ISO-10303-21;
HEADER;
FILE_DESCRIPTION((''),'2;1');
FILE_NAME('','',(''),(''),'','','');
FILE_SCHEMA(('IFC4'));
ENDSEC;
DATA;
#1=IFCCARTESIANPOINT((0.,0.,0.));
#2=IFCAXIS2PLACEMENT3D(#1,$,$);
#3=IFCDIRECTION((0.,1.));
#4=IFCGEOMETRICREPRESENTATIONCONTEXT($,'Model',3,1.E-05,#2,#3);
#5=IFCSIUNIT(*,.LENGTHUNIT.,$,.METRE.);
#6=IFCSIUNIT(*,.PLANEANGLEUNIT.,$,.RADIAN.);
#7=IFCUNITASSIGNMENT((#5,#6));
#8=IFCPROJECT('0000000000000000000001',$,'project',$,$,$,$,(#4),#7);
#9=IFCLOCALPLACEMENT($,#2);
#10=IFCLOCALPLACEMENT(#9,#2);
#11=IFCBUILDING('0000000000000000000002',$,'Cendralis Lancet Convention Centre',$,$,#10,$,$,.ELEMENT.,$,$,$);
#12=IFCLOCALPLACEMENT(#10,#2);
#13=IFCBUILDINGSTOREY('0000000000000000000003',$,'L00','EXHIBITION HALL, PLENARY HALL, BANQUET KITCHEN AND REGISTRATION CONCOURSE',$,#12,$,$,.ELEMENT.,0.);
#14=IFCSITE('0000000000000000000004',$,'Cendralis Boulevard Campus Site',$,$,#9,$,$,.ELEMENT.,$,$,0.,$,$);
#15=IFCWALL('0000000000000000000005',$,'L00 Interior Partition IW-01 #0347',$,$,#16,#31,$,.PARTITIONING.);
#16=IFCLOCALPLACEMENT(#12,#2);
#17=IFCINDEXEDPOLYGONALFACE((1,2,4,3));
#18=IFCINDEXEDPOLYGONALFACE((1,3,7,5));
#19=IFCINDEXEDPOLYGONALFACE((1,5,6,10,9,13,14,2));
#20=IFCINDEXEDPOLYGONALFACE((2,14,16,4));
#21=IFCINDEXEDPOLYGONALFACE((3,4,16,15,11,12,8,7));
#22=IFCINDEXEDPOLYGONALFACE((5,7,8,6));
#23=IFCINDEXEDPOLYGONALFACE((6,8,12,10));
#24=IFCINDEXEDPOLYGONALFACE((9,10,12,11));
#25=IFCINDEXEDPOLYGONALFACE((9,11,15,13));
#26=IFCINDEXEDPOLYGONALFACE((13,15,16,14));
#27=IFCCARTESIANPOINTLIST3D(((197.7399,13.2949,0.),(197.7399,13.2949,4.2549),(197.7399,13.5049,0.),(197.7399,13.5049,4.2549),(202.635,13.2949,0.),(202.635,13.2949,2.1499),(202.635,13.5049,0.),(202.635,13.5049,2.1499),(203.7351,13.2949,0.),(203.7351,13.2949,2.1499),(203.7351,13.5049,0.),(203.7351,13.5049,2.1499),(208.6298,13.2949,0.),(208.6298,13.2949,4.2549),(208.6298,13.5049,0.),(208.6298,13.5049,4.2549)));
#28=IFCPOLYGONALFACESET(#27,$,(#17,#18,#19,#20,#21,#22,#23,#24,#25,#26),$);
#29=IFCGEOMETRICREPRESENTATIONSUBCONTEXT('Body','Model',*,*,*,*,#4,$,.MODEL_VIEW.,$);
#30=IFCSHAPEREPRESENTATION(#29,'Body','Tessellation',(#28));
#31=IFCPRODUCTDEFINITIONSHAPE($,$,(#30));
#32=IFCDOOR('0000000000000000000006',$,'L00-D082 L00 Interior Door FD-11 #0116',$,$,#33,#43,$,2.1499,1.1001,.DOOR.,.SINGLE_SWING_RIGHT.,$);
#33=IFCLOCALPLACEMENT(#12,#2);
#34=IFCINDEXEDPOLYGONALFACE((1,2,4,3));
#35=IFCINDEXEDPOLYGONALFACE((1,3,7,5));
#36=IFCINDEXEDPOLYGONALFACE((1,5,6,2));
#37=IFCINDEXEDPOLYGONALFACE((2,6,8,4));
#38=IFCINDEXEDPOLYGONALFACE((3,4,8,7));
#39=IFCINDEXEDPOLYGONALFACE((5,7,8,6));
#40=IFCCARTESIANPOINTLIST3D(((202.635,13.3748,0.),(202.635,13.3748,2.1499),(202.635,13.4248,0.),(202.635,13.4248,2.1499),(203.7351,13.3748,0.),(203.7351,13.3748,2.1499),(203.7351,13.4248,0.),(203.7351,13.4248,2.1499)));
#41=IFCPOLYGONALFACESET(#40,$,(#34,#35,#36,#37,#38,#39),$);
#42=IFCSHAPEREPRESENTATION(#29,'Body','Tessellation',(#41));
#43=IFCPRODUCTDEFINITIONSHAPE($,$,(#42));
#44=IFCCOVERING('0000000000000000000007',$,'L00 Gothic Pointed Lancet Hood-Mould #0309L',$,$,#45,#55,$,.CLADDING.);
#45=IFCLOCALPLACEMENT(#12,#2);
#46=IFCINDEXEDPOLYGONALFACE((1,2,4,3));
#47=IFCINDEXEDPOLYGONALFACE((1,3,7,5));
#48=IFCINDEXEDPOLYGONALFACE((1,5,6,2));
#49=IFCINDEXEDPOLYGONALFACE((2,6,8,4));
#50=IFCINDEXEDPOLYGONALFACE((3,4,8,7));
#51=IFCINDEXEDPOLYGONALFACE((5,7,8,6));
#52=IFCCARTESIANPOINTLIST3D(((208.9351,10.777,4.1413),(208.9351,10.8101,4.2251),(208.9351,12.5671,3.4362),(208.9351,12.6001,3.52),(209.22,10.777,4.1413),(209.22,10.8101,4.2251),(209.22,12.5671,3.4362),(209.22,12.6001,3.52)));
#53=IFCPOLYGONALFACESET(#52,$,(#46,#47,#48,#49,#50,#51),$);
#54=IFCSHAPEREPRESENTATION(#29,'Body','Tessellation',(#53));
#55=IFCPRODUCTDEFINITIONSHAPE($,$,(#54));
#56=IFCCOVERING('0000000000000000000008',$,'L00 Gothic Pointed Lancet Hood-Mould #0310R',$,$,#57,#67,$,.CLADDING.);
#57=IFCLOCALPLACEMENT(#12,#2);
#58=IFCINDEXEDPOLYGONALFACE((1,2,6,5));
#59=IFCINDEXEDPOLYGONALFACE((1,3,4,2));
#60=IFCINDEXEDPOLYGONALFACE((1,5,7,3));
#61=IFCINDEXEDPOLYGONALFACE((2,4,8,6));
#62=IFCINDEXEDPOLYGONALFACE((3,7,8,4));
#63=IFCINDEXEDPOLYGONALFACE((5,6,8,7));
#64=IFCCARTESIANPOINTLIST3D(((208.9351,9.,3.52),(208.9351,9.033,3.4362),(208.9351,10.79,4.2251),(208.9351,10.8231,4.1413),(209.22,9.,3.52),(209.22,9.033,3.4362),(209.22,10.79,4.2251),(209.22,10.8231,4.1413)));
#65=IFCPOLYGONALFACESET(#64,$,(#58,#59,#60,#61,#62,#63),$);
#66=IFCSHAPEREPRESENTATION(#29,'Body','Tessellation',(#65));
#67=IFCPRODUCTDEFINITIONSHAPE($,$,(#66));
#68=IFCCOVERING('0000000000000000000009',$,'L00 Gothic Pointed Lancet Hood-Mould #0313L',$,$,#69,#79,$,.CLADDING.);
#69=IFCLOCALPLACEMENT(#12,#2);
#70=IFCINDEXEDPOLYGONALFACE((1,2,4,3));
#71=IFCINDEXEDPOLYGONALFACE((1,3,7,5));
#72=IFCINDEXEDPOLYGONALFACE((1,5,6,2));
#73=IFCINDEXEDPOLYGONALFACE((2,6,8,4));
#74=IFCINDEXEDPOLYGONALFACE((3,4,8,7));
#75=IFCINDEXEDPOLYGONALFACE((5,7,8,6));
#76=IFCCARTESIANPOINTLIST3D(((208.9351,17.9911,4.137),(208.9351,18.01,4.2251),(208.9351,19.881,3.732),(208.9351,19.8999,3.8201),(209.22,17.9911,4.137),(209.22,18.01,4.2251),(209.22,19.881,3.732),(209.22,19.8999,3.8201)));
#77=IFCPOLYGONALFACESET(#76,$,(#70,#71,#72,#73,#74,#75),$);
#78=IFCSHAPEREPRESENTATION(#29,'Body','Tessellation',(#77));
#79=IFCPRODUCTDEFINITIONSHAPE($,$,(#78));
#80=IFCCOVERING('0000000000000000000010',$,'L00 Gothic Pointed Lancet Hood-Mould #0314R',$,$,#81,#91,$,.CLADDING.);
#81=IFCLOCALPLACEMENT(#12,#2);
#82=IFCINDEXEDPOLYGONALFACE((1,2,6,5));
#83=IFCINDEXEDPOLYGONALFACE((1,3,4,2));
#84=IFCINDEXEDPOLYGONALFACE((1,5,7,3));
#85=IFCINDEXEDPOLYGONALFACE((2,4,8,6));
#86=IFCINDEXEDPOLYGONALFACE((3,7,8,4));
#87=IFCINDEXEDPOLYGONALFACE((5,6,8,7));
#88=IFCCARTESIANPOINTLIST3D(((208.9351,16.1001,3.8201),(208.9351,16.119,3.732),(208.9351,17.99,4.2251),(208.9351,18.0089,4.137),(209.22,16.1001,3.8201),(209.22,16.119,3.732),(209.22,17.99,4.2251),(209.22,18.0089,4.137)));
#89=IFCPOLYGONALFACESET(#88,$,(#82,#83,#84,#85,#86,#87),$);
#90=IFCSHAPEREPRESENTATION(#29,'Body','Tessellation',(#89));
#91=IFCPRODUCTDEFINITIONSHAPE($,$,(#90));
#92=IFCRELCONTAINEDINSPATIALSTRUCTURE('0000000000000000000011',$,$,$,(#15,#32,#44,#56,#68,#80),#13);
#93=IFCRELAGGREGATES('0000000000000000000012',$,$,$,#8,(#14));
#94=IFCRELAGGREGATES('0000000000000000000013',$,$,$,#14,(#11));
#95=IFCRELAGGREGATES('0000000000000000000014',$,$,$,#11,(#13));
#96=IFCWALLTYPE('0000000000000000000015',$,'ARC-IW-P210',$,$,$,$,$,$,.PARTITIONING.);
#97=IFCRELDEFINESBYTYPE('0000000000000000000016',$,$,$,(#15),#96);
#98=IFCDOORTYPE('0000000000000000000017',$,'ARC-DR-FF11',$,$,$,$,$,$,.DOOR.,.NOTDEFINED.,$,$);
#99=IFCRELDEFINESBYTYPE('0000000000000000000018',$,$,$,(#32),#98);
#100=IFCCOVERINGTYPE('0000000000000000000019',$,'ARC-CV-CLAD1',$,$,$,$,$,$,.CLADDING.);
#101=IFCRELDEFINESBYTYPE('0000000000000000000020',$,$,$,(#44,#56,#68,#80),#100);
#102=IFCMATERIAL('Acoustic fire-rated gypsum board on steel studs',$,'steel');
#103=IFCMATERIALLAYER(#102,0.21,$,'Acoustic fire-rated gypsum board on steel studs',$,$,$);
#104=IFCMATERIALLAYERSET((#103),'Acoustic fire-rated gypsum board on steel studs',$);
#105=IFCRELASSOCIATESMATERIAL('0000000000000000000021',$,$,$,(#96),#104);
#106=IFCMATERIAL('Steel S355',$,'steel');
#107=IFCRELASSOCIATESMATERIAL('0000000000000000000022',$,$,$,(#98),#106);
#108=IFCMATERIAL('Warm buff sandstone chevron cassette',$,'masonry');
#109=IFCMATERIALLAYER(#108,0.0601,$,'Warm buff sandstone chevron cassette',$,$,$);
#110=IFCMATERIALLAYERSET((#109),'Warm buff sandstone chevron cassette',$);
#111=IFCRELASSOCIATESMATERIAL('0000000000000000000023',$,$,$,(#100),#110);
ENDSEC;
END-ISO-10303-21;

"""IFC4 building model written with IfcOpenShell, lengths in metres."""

from ifc_helpers import new_model, si_unit, direction, frame, frame_2d, origin, place, context, subcontext, project, spatial, polyline, rectangle, outline, extrude, material, layer, layer_set, type_object, element, fill, save


model = new_model("IFC4")

# Units and contexts
model_context = context("Model", 3, precision=1e-05, world=origin(), true_north=direction((0.0, 1.0)))
body_context = subcontext(model_context, "Body", "Model", "MODEL_VIEW")
ifc_project = project(units=[si_unit("LENGTHUNIT", "METRE"), si_unit("PLANEANGLEUNIT", "RADIAN")], contexts=[model_context])

# Site, building, storey
site_placement = place(None, origin())
site = spatial("IfcSite", under=ifc_project, at=site_placement, Name="Cendralis Boulevard Campus Site", CompositionType="ELEMENT", RefElevation=0.0)
building_placement = place(site_placement, origin())
building = spatial("IfcBuilding", under=site, at=building_placement, Name="Cendralis Lancet Convention Centre", CompositionType="ELEMENT")
storey_placement = place(building_placement, origin())
storey = spatial("IfcBuildingStorey", under=building, at=storey_placement, Name="L00", Description="EXHIBITION HALL, PLENARY HALL, BANQUET KITCHEN AND REGISTRATION CONCOURSE", CompositionType="ELEMENT", Elevation=0.0)

# Wall, opening, door
ifc_material_1 = material(Name="Acoustic fire-rated gypsum board on steel studs", Category="steel")
ifc_layer_1 = layer(ifc_material_1, 0.21, Name="Acoustic fire-rated gypsum board on steel studs")
ifc_layer_set_1 = layer_set([ifc_layer_1], Name="Acoustic fire-rated gypsum board on steel studs")
wall_type_1 = type_object("IfcWallType", Name="ARC-IW-P210", PredefinedType="PARTITIONING", material=ifc_layer_set_1)
wall_1_placement = place(storey_placement, frame((197.74, 13.3999, 0.0), z_axis=(0.0, 0.0, 1.0), x_axis=(1.0, 0.0, 0.0)))
wall_1 = element("IfcWall", 1, at=wall_1_placement, inside=storey, type_object=wall_type_1, Name="L00 Interior Partition IW-01 #0347", PredefinedType="PARTITIONING", context=body_context, shape_type="SweptSolid", body=[
    extrude(rectangle(XDim=10.8899, YDim=0.21, at=frame_2d((5.4448, 0.0))), origin(), (0.0, 0.0, 1.0), 4.2549),
])
opening_1_placement = place(wall_1_placement, frame((4.895, 0.0, 0.0)))
opening_1 = element("IfcOpeningElement", 2, at=opening_1_placement, cuts=wall_1, PredefinedType="OPENING", context=body_context, shape_type="SweptSolid", body=[
    extrude(rectangle(XDim=1.1001, YDim=2.1499, at=frame_2d((0.55, 1.075))), frame((0.0, 0.115, 0.0), z_axis=(0.0, -1.0, 0.0), x_axis=(1.0, 0.0, 0.0)), (0.0, 0.0, 1.0), 0.23),
])
ifc_material_2 = material(Name="Steel S355", Category="steel")
door_type = type_object("IfcDoorType", Name="ARC-DR-FF11", OperationType="NOTDEFINED", PredefinedType="DOOR", material=ifc_material_2)
door_placement = place(opening_1_placement, origin())
door = element("IfcDoor", 3, at=door_placement, inside=storey, type_object=door_type, Name="L00-D082 L00 Interior Door FD-11 #0116", OperationType="SINGLE_SWING_RIGHT", OverallHeight=2.1499, OverallWidth=1.1001, PredefinedType="DOOR", context=body_context, shape_type="SweptSolid", body=[
    extrude(rectangle(XDim=1.1001, YDim=2.1499, at=frame_2d((0.55, 1.075))), frame((0.0, 0.0249, 0.0), z_axis=(0.0, -1.0, 0.0), x_axis=(1.0, 0.0, 0.0)), (0.0, 0.0, 1.0), 0.05),
])
fill(opening_1, door)

# Coverings
ifc_material_3 = material(Name="Warm buff sandstone chevron cassette", Category="masonry")
ifc_layer_2 = layer(ifc_material_3, 0.0601, Name="Warm buff sandstone chevron cassette")
ifc_layer_set_2 = layer_set([ifc_layer_2], Name="Warm buff sandstone chevron cassette")
covering_type = type_object("IfcCoveringType", Name="ARC-CV-CLAD1", PredefinedType="CLADDING", material=ifc_layer_set_2)
for number, where, z_axis, x_axis, name in (
    (4, (209.22, 12.6001, 3.52), (0.0, 0.366485, 0.930424), (-1.0, 0.0, 0.0), "L00 Gothic Pointed Lancet Hood-Mould #0309L"),
    (5, (209.22, 10.79, 4.2251), (0.0, -0.366485, 0.930424), (-1.0, 0.0, 0.0), "L00 Gothic Pointed Lancet Hood-Mould #0310R"),
):
    element("IfcCovering", number, at=place(storey_placement, frame(where, z_axis=z_axis, x_axis=x_axis)), inside=storey, type_object=covering_type, Name=name, PredefinedType="CLADDING", context=body_context, shape_type="SweptSolid", body=[
        extrude(outline(polyline([(0.0, 0.0), (0.2849, 0.0), (0.2849, 1.9239), (0.0, 1.9239), (0.0, 0.0)])), origin(), (0.0, 0.0, -1.0), 0.0901),
    ])
for number, where, z_axis, x_axis, name in (
    (6, (209.22, 19.8999, 3.8201), (0.0, 0.209555, 0.977797), (-1.0, 0.0, 0.0), "L00 Gothic Pointed Lancet Hood-Mould #0313L"),
    (7, (209.22, 17.99, 4.2251), (0.0, -0.209555, 0.977797), (-1.0, 0.0, 0.0), "L00 Gothic Pointed Lancet Hood-Mould #0314R"),
):
    element("IfcCovering", number, at=place(storey_placement, frame(where, z_axis=z_axis, x_axis=x_axis)), inside=storey, type_object=covering_type, Name=name, PredefinedType="CLADDING", context=body_context, shape_type="SweptSolid", body=[
        extrude(outline(polyline([(0.0, 0.0), (0.2849, 0.0), (0.2849, 1.9328), (0.0, 1.9328), (0.0, 0.0)])), origin(), (0.0, 0.0, -1.0), 0.0901),
    ])

save(model, "model.ifc")
